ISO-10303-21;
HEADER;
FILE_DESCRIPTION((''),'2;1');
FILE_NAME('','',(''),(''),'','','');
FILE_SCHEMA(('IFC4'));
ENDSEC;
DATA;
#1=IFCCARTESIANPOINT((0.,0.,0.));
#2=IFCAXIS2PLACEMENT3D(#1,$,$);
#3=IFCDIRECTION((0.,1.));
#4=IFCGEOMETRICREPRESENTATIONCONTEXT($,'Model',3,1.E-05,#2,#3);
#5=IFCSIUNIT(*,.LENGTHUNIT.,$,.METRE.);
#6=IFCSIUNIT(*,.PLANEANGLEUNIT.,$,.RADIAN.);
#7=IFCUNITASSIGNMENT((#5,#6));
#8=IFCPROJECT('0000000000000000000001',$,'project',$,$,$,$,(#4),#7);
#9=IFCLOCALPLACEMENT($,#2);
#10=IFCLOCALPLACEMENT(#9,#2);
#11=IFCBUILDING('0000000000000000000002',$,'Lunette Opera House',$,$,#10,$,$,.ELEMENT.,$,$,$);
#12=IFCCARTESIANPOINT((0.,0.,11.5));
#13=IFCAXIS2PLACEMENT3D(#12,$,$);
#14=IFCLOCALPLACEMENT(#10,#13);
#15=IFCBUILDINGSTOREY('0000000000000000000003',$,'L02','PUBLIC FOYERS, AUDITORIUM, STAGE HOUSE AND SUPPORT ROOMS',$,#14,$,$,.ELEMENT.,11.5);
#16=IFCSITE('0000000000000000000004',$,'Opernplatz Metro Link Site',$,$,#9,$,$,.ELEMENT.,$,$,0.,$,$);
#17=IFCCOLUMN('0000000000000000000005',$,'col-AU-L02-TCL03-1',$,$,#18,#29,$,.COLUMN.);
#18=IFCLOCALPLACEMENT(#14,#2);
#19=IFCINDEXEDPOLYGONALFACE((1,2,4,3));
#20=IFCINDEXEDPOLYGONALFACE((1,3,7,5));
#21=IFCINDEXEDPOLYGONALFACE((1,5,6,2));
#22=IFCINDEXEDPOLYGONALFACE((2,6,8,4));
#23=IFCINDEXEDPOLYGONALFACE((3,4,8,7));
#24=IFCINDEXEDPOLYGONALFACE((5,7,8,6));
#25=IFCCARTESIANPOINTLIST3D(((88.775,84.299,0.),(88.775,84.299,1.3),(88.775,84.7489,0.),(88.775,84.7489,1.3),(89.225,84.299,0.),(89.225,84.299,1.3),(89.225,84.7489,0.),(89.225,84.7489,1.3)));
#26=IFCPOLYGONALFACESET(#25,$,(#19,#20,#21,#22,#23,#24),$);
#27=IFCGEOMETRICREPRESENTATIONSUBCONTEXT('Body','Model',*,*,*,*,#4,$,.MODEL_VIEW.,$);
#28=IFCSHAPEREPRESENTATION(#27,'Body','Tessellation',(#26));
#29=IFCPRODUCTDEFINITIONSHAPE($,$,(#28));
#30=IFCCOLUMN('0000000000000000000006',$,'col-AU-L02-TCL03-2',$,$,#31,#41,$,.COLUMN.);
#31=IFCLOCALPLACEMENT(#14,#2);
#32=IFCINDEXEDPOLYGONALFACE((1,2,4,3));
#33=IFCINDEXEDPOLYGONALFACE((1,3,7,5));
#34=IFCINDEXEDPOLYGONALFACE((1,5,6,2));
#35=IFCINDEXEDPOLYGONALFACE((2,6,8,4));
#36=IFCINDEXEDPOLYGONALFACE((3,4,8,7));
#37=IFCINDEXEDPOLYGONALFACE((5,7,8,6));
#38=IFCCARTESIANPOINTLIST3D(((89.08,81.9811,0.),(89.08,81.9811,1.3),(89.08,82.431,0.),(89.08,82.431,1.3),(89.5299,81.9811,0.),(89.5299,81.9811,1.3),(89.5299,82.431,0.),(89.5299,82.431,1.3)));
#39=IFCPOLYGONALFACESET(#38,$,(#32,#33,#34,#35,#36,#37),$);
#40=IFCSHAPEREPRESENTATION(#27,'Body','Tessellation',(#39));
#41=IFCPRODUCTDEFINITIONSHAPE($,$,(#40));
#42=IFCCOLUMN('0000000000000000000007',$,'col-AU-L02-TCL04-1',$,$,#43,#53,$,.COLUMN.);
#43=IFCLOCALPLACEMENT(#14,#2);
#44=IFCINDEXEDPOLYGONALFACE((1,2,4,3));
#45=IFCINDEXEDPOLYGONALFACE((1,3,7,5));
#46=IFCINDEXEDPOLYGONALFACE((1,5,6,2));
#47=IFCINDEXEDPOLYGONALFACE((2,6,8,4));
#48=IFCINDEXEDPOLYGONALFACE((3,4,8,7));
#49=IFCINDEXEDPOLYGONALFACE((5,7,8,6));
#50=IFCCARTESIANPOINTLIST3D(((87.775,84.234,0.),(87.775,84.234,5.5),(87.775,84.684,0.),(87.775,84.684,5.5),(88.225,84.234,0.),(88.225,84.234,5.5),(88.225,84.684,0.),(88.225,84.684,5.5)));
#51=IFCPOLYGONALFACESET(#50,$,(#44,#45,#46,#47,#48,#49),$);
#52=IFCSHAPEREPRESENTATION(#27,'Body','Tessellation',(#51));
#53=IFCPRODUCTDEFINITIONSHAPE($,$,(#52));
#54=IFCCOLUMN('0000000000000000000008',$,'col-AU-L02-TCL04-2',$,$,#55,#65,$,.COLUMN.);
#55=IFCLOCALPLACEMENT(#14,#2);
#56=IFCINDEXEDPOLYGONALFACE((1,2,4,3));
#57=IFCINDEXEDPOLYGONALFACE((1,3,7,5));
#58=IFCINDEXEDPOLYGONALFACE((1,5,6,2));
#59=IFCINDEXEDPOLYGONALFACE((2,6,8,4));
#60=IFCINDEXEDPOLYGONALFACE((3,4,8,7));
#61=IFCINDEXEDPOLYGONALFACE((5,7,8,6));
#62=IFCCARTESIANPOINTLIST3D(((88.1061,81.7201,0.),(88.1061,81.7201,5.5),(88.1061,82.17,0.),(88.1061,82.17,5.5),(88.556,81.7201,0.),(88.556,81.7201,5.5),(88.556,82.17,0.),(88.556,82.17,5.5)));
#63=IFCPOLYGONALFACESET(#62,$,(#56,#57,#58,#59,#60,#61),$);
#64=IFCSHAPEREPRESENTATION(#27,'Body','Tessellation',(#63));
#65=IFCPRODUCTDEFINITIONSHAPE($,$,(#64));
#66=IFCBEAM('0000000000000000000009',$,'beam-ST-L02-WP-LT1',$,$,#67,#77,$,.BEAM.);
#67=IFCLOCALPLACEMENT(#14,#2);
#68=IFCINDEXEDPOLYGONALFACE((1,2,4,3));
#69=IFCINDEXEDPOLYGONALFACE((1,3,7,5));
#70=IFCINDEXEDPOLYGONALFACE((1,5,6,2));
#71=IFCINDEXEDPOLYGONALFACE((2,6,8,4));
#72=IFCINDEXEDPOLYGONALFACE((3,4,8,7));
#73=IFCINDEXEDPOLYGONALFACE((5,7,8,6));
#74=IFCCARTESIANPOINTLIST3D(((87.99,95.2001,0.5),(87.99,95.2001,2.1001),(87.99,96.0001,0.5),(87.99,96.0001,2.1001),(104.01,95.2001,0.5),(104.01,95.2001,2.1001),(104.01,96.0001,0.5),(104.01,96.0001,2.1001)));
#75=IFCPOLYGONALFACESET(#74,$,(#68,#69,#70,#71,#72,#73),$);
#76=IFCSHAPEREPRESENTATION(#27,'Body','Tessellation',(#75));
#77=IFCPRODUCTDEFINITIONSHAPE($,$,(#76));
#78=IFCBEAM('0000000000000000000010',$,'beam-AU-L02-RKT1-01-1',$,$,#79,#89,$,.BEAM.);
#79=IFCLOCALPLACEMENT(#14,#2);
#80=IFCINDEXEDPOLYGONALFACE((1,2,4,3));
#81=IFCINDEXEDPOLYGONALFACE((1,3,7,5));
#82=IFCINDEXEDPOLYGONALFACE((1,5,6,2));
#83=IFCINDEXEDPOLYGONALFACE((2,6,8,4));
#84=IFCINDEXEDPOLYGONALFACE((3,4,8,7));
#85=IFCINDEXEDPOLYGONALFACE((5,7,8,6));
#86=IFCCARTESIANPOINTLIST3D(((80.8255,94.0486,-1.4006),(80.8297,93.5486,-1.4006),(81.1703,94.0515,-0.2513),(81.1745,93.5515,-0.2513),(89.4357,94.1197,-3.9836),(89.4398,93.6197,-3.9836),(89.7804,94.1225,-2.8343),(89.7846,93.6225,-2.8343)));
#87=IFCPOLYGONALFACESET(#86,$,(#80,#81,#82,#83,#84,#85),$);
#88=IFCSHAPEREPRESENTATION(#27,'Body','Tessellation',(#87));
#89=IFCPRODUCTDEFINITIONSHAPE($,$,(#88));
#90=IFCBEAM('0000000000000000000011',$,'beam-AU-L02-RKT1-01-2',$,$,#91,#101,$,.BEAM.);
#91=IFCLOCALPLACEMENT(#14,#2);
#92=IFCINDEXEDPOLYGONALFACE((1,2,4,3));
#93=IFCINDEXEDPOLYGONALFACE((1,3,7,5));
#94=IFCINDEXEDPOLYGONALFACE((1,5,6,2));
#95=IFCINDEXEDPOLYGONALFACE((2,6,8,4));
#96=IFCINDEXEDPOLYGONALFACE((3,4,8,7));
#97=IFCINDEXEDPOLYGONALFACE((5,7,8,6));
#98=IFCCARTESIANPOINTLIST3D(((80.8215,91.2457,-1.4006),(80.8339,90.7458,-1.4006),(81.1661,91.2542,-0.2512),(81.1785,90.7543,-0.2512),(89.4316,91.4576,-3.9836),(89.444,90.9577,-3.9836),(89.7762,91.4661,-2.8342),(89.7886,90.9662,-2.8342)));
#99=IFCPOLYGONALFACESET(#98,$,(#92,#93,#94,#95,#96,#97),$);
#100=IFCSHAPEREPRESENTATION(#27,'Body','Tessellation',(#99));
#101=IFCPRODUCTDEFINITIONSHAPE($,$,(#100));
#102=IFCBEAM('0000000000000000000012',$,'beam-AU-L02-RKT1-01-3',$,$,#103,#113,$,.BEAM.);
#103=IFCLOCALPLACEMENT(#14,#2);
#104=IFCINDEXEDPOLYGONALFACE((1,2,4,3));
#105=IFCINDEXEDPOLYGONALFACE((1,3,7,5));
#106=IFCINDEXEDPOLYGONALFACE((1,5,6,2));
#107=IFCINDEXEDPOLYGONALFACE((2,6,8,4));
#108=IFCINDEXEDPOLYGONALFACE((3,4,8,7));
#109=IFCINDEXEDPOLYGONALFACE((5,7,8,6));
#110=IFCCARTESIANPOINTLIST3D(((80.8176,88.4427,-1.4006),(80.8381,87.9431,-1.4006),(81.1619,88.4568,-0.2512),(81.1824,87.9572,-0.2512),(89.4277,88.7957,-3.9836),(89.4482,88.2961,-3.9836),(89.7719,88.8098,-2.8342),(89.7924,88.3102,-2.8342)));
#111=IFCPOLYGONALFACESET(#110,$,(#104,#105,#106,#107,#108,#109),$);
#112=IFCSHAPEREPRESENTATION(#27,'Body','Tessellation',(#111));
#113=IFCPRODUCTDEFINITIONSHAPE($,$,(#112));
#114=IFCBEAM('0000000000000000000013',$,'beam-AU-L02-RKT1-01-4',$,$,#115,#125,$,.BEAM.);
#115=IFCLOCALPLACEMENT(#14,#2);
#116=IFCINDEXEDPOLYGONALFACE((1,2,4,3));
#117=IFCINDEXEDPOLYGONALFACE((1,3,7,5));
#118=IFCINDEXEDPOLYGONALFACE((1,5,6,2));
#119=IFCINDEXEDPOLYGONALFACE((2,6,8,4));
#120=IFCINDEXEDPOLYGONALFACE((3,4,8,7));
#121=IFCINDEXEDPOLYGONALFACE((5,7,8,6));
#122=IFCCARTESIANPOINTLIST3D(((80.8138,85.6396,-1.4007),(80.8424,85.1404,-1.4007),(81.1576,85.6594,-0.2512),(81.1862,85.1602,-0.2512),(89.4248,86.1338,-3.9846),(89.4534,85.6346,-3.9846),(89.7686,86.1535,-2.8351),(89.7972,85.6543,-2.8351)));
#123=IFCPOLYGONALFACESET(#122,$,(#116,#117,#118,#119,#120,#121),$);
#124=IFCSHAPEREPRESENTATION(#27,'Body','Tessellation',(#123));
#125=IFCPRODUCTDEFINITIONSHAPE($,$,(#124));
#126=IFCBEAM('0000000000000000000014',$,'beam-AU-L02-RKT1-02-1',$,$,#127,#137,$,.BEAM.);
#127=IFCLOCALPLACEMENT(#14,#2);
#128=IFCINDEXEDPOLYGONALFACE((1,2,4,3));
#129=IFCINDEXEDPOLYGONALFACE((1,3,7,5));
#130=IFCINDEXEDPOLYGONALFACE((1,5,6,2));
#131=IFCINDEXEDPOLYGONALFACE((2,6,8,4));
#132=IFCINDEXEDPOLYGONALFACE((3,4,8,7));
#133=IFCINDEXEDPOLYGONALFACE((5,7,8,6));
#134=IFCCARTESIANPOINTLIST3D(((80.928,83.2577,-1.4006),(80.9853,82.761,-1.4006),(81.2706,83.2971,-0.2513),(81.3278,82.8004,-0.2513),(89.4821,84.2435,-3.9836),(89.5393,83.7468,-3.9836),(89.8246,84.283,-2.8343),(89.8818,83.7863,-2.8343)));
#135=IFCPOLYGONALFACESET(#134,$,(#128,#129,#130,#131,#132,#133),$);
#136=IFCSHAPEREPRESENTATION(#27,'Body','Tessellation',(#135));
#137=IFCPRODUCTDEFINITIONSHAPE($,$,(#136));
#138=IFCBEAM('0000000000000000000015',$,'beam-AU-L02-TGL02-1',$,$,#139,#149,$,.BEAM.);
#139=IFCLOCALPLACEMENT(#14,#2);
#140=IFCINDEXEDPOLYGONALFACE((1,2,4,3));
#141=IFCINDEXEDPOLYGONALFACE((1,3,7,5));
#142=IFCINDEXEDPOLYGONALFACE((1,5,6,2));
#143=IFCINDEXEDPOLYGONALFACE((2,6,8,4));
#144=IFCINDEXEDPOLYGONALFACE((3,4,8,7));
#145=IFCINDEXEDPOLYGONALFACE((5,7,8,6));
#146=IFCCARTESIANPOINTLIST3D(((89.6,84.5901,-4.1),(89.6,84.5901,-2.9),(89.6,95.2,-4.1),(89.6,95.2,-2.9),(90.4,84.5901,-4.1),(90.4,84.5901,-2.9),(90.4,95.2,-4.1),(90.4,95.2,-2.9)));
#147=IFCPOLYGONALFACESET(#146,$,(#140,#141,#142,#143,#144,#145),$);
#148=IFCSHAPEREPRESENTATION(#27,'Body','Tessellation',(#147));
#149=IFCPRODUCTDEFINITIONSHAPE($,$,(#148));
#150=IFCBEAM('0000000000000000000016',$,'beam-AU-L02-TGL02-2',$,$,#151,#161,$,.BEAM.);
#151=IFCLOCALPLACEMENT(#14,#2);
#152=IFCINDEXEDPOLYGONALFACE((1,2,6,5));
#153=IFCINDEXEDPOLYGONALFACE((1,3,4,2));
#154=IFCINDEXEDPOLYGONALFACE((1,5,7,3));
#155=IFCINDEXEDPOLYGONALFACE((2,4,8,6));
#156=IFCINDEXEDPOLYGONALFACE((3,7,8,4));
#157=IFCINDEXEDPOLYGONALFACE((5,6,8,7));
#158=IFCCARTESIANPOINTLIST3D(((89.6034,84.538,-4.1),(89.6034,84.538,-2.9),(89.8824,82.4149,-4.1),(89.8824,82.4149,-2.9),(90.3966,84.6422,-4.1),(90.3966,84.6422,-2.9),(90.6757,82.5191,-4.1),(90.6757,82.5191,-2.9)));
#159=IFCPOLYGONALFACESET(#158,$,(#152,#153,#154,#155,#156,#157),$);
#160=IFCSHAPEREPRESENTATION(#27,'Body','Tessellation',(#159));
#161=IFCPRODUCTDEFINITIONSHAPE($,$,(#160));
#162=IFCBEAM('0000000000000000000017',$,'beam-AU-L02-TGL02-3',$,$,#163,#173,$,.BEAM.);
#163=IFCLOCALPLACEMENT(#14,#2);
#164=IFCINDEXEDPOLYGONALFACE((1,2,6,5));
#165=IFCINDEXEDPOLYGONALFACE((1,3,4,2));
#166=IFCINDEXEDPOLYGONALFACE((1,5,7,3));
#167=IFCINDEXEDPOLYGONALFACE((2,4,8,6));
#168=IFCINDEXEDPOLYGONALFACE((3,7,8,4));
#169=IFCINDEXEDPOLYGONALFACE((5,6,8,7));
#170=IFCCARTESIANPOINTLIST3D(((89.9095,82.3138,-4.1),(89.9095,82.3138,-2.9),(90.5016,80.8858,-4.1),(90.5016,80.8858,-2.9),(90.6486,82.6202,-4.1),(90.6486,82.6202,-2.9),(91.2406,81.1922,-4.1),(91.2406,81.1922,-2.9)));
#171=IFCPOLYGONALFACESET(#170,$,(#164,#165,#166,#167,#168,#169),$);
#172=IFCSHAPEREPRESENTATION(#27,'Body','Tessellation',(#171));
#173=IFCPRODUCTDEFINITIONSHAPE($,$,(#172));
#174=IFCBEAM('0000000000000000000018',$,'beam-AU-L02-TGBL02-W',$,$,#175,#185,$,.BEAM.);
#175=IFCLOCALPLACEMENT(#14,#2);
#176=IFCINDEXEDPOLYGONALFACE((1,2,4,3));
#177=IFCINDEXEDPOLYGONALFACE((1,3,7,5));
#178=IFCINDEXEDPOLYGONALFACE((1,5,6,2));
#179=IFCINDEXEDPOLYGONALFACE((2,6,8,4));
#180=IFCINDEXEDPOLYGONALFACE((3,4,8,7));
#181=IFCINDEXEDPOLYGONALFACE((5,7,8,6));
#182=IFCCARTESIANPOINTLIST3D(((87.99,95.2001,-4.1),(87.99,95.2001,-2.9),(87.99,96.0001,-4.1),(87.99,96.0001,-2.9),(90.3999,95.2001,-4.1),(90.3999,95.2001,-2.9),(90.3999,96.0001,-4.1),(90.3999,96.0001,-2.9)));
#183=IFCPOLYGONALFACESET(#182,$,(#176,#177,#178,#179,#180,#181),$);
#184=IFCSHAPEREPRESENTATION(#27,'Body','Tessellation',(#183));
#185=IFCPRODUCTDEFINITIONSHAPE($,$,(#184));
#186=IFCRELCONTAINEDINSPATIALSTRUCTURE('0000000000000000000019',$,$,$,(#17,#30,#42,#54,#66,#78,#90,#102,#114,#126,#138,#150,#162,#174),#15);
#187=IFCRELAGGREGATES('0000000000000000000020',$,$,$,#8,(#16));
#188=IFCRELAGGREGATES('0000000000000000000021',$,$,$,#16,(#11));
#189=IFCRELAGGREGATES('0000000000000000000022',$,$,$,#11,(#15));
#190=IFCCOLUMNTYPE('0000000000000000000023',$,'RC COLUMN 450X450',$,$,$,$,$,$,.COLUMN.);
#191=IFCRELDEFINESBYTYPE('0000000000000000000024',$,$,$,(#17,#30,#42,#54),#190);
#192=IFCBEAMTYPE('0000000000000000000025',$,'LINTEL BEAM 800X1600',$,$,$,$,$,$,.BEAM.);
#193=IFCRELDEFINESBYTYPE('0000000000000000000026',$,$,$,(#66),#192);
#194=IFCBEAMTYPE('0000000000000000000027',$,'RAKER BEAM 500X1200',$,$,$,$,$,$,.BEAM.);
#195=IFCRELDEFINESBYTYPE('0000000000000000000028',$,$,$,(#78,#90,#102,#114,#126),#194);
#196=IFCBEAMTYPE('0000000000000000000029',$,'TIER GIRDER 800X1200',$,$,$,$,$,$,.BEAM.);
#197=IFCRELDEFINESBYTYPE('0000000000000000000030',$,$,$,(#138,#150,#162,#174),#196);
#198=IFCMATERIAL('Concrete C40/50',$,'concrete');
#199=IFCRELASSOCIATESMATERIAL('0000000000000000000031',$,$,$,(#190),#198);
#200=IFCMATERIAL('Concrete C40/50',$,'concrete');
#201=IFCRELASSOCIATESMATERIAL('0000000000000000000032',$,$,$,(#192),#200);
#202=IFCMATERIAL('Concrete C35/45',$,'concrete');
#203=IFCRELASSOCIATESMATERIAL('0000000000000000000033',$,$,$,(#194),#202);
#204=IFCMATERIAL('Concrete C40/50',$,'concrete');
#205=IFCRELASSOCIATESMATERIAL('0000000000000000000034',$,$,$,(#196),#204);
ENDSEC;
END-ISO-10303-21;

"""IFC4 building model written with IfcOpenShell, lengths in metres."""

from ifc_helpers import new_model, si_unit, direction, frame, origin, origin_2d, place, context, subcontext, project, spatial, rectangle, extrude, material, material_profile, profile_set, type_object, element, save


model = new_model("IFC4")

# Units and contexts
model_context = context("Model", 3, precision=1e-05, world=origin(), true_north=direction((0.0, 1.0)))
body_context = subcontext(model_context, "Body", "Model", "MODEL_VIEW")
ifc_project = project(units=[si_unit("LENGTHUNIT", "METRE"), si_unit("PLANEANGLEUNIT", "RADIAN")], contexts=[model_context])

# Site, building, storey
site_placement = place(None, origin())
site = spatial("IfcSite", under=ifc_project, at=site_placement, Name="Opernplatz Metro Link Site", CompositionType="ELEMENT", RefElevation=0.0)
building_placement = place(site_placement, origin())
building = spatial("IfcBuilding", under=site, at=building_placement, Name="Lunette Opera House", CompositionType="ELEMENT")
storey_placement = place(building_placement, frame((0.0, 0.0, 11.5)))
storey = spatial("IfcBuildingStorey", under=building, at=storey_placement, Name="L02", Description="PUBLIC FOYERS, AUDITORIUM, STAGE HOUSE AND SUPPORT ROOMS", CompositionType="ELEMENT", Elevation=11.5)

# Columns
ifc_material_1 = material(Name="Concrete C40/50", Category="concrete")
ifc_material_profile_1 = material_profile(ifc_material_1, rectangle(XDim=0.45, YDim=0.45, at=origin_2d()), Name="RC COLUMN 450X450")
ifc_profile_set_1 = profile_set([ifc_material_profile_1], Name="Concrete C40/50")
column_type = type_object("IfcColumnType", Name="RC COLUMN 450X450", PredefinedType="COLUMN", material=ifc_profile_set_1)
for number, where, z_axis, x_axis, name in (
    (1, (89.0, 84.5239, 0.0), (0.0, 0.0, 1.0), (1.0, 0.0, 0.0), "col-AU-L02-TCL03-1"),
    (2, (89.3049, 82.2061, 0.0), (0.0, 0.0, 1.0), (1.0, 0.0, 0.0), "col-AU-L02-TCL03-2"),
):
    element("IfcColumn", number, at=place(storey_placement, frame(where, z_axis=z_axis, x_axis=x_axis)), inside=storey, type_object=column_type, Name=name, PredefinedType="COLUMN", context=body_context, shape_type="SweptSolid", body=[
        extrude(rectangle(XDim=0.45, YDim=0.45, at=origin_2d()), origin(), (0.0, 0.0, 1.0), 1.3),
    ])
for number, where, z_axis, x_axis, name in (
    (3, (88.0, 84.459, 0.0), (0.0, 0.0, 1.0), (1.0, 0.0, 0.0), "col-AU-L02-TCL04-1"),
    (4, (88.3311, 81.9451, 0.0), (0.0, 0.0, 1.0), (1.0, 0.0, 0.0), "col-AU-L02-TCL04-2"),
):
    element("IfcColumn", number, at=place(storey_placement, frame(where, z_axis=z_axis, x_axis=x_axis)), inside=storey, type_object=column_type, Name=name, PredefinedType="COLUMN", context=body_context, shape_type="SweptSolid", body=[
        extrude(rectangle(XDim=0.45, YDim=0.45, at=origin_2d()), origin(), (0.0, 0.0, 1.0), 5.5),
    ])

# Beams
ifc_material_2 = material(Name="Concrete C40/50", Category="concrete")
ifc_material_profile_2 = material_profile(ifc_material_2, rectangle(XDim=0.8, YDim=1.6001, at=origin_2d()), Name="LINTEL BEAM 800X1600")
ifc_profile_set_2 = profile_set([ifc_material_profile_2], Name="Concrete C40/50")
beam_type_1 = type_object("IfcBeamType", Name="LINTEL BEAM 800X1600", PredefinedType="BEAM", material=ifc_profile_set_2)
beam_1_placement = place(storey_placement, frame((87.99, 95.6001, 1.3), z_axis=(1.0, 0.0, 0.0), x_axis=(0.0, 1.0, 0.0)))
element("IfcBeam", 5, at=beam_1_placement, inside=storey, type_object=beam_type_1, Name="beam-ST-L02-WP-LT1", PredefinedType="BEAM", context=body_context, shape_type="SweptSolid", body=[
    extrude(rectangle(XDim=0.8, YDim=1.6001, at=origin_2d()), origin(), (0.0, 0.0, 1.0), 16.02),
])
ifc_material_3 = material(Name="Concrete C35/45", Category="concrete")
ifc_material_profile_3 = material_profile(ifc_material_3, rectangle(XDim=0.5, YDim=1.2, at=origin_2d()), Name="RAKER BEAM 500X1200")
ifc_profile_set_3 = profile_set([ifc_material_profile_3], Name="Concrete C35/45")
beam_type_2 = type_object("IfcBeamType", Name="RAKER BEAM 500X1200", PredefinedType="BEAM", material=ifc_profile_set_3)
beam_2_placement = place(storey_placement, frame((81.0, 93.8, -0.8259), z_axis=(0.957797, 0.007903, -0.287336), x_axis=(-0.008251, 0.999966, 0.0)))
element("IfcBeam", 6, at=beam_2_placement, inside=storey, type_object=beam_type_2, Name="beam-AU-L02-RKT1-01-1", PredefinedType="BEAM", context=body_context, shape_type="SweptSolid", body=[
    extrude(rectangle(XDim=0.5, YDim=1.2, at=origin_2d()), origin(), (0.0, 0.0, 1.0), 8.9895),
])
beam_3_placement = place(storey_placement, frame((81.0, 91.0, -0.8259), z_axis=(0.957561, 0.023568, -0.287266), x_axis=(-0.024605, 0.999697, 0.0)))
element("IfcBeam", 7, at=beam_3_placement, inside=storey, type_object=beam_type_2, Name="beam-AU-L02-RKT1-01-2", PredefinedType="BEAM", context=body_context, shape_type="SweptSolid", body=[
    extrude(rectangle(XDim=0.5, YDim=1.2, at=origin_2d()), origin(), (0.0, 0.0, 1.0), 8.9917),
])
beam_4_placement = place(storey_placement, frame((81.0, 88.2, -0.8259), z_axis=(0.957089, 0.039242, -0.287124), x_axis=(-0.040967, 0.99916, 0.0)))
element("IfcBeam", 8, at=beam_4_placement, inside=storey, type_object=beam_type_2, Name="beam-AU-L02-RKT1-01-3", PredefinedType="BEAM", context=body_context, shape_type="SweptSolid", body=[
    extrude(rectangle(XDim=0.5, YDim=1.2, at=origin_2d()), origin(), (0.0, 0.0, 1.0), 8.9961),
])
beam_5_placement = place(storey_placement, frame((81.0, 85.3999, -0.8259), z_axis=(0.956363, 0.05488, -0.286982), x_axis=(-0.05729, 0.998358, 0.0)))
element("IfcBeam", 9, at=beam_5_placement, inside=storey, type_object=beam_type_2, Name="beam-AU-L02-RKT1-01-4", PredefinedType="BEAM", context=body_context, shape_type="SweptSolid", body=[
    extrude(rectangle(XDim=0.5, YDim=1.2, at=origin_2d()), origin(), (0.0, 0.0, 1.0), 9.0039),
])
beam_6_placement = place(storey_placement, frame((81.1279, 83.0291, -0.8259), z_axis=(0.951533, 0.109664, -0.287331), x_axis=(-0.114492, 0.993424, 0.0)))
element("IfcBeam", 10, at=beam_6_placement, inside=storey, type_object=beam_type_2, Name="beam-AU-L02-RKT1-02-1", PredefinedType="BEAM", context=body_context, shape_type="SweptSolid", body=[
    extrude(rectangle(XDim=0.5, YDim=1.2, at=origin_2d()), origin(), (0.0, 0.0, 1.0), 8.9897),
])
ifc_material_4 = material(Name="Concrete C40/50", Category="concrete")
ifc_material_profile_4 = material_profile(ifc_material_4, rectangle(XDim=0.8, YDim=1.2, at=origin_2d()), Name="TIER GIRDER 800X1200")
ifc_profile_set_4 = profile_set([ifc_material_profile_4], Name="Concrete C40/50")
beam_type_3 = type_object("IfcBeamType", Name="TIER GIRDER 800X1200", PredefinedType="BEAM", material=ifc_profile_set_4)
beam_7_placement = place(storey_placement, frame((90.0, 95.2, -3.5), z_axis=(0.0, -1.0, 0.0), x_axis=(1.0, 0.0, 0.0)))
element("IfcBeam", 11, at=beam_7_placement, inside=storey, type_object=beam_type_3, Name="beam-AU-L02-TGL02-1", PredefinedType="BEAM", context=body_context, shape_type="SweptSolid", body=[
    extrude(rectangle(XDim=0.8, YDim=1.2, at=origin_2d()), origin(), (0.0, 0.0, 1.0), 10.6099),
])
beam_8_placement = place(storey_placement, frame((90.0, 84.5901, -3.5), z_axis=(0.130319, -0.991472, 0.0), x_axis=(0.991472, 0.130319, 0.0)))
element("IfcBeam", 12, at=beam_8_placement, inside=storey, type_object=beam_type_3, Name="beam-AU-L02-TGL02-2", PredefinedType="BEAM", context=body_context, shape_type="SweptSolid", body=[
    extrude(rectangle(XDim=0.8, YDim=1.2, at=origin_2d()), origin(), (0.0, 0.0, 1.0), 2.1414),
])
beam_9_placement = place(storey_placement, frame((90.2791, 82.467, -3.5), z_axis=(0.382989, -0.923753, 0.0), x_axis=(0.923753, 0.382989, 0.0)))
element("IfcBeam", 13, at=beam_9_placement, inside=storey, type_object=beam_type_3, Name="beam-AU-L02-TGL02-3", PredefinedType="BEAM", context=body_context, shape_type="SweptSolid", body=[
    extrude(rectangle(XDim=0.8, YDim=1.2, at=origin_2d()), origin(), (0.0, 0.0, 1.0), 1.5459),
])
beam_10_placement = place(storey_placement, frame((87.99, 95.6001, -3.5), z_axis=(1.0, 0.0, 0.0), x_axis=(0.0, 1.0, 0.0)))
element("IfcBeam", 14, at=beam_10_placement, inside=storey, type_object=beam_type_3, Name="beam-AU-L02-TGBL02-W", PredefinedType="BEAM", context=body_context, shape_type="SweptSolid", body=[
    extrude(rectangle(XDim=0.8, YDim=1.2, at=origin_2d()), origin(), (0.0, 0.0, 1.0), 2.4099),
])

save(model, "model.ifc")
